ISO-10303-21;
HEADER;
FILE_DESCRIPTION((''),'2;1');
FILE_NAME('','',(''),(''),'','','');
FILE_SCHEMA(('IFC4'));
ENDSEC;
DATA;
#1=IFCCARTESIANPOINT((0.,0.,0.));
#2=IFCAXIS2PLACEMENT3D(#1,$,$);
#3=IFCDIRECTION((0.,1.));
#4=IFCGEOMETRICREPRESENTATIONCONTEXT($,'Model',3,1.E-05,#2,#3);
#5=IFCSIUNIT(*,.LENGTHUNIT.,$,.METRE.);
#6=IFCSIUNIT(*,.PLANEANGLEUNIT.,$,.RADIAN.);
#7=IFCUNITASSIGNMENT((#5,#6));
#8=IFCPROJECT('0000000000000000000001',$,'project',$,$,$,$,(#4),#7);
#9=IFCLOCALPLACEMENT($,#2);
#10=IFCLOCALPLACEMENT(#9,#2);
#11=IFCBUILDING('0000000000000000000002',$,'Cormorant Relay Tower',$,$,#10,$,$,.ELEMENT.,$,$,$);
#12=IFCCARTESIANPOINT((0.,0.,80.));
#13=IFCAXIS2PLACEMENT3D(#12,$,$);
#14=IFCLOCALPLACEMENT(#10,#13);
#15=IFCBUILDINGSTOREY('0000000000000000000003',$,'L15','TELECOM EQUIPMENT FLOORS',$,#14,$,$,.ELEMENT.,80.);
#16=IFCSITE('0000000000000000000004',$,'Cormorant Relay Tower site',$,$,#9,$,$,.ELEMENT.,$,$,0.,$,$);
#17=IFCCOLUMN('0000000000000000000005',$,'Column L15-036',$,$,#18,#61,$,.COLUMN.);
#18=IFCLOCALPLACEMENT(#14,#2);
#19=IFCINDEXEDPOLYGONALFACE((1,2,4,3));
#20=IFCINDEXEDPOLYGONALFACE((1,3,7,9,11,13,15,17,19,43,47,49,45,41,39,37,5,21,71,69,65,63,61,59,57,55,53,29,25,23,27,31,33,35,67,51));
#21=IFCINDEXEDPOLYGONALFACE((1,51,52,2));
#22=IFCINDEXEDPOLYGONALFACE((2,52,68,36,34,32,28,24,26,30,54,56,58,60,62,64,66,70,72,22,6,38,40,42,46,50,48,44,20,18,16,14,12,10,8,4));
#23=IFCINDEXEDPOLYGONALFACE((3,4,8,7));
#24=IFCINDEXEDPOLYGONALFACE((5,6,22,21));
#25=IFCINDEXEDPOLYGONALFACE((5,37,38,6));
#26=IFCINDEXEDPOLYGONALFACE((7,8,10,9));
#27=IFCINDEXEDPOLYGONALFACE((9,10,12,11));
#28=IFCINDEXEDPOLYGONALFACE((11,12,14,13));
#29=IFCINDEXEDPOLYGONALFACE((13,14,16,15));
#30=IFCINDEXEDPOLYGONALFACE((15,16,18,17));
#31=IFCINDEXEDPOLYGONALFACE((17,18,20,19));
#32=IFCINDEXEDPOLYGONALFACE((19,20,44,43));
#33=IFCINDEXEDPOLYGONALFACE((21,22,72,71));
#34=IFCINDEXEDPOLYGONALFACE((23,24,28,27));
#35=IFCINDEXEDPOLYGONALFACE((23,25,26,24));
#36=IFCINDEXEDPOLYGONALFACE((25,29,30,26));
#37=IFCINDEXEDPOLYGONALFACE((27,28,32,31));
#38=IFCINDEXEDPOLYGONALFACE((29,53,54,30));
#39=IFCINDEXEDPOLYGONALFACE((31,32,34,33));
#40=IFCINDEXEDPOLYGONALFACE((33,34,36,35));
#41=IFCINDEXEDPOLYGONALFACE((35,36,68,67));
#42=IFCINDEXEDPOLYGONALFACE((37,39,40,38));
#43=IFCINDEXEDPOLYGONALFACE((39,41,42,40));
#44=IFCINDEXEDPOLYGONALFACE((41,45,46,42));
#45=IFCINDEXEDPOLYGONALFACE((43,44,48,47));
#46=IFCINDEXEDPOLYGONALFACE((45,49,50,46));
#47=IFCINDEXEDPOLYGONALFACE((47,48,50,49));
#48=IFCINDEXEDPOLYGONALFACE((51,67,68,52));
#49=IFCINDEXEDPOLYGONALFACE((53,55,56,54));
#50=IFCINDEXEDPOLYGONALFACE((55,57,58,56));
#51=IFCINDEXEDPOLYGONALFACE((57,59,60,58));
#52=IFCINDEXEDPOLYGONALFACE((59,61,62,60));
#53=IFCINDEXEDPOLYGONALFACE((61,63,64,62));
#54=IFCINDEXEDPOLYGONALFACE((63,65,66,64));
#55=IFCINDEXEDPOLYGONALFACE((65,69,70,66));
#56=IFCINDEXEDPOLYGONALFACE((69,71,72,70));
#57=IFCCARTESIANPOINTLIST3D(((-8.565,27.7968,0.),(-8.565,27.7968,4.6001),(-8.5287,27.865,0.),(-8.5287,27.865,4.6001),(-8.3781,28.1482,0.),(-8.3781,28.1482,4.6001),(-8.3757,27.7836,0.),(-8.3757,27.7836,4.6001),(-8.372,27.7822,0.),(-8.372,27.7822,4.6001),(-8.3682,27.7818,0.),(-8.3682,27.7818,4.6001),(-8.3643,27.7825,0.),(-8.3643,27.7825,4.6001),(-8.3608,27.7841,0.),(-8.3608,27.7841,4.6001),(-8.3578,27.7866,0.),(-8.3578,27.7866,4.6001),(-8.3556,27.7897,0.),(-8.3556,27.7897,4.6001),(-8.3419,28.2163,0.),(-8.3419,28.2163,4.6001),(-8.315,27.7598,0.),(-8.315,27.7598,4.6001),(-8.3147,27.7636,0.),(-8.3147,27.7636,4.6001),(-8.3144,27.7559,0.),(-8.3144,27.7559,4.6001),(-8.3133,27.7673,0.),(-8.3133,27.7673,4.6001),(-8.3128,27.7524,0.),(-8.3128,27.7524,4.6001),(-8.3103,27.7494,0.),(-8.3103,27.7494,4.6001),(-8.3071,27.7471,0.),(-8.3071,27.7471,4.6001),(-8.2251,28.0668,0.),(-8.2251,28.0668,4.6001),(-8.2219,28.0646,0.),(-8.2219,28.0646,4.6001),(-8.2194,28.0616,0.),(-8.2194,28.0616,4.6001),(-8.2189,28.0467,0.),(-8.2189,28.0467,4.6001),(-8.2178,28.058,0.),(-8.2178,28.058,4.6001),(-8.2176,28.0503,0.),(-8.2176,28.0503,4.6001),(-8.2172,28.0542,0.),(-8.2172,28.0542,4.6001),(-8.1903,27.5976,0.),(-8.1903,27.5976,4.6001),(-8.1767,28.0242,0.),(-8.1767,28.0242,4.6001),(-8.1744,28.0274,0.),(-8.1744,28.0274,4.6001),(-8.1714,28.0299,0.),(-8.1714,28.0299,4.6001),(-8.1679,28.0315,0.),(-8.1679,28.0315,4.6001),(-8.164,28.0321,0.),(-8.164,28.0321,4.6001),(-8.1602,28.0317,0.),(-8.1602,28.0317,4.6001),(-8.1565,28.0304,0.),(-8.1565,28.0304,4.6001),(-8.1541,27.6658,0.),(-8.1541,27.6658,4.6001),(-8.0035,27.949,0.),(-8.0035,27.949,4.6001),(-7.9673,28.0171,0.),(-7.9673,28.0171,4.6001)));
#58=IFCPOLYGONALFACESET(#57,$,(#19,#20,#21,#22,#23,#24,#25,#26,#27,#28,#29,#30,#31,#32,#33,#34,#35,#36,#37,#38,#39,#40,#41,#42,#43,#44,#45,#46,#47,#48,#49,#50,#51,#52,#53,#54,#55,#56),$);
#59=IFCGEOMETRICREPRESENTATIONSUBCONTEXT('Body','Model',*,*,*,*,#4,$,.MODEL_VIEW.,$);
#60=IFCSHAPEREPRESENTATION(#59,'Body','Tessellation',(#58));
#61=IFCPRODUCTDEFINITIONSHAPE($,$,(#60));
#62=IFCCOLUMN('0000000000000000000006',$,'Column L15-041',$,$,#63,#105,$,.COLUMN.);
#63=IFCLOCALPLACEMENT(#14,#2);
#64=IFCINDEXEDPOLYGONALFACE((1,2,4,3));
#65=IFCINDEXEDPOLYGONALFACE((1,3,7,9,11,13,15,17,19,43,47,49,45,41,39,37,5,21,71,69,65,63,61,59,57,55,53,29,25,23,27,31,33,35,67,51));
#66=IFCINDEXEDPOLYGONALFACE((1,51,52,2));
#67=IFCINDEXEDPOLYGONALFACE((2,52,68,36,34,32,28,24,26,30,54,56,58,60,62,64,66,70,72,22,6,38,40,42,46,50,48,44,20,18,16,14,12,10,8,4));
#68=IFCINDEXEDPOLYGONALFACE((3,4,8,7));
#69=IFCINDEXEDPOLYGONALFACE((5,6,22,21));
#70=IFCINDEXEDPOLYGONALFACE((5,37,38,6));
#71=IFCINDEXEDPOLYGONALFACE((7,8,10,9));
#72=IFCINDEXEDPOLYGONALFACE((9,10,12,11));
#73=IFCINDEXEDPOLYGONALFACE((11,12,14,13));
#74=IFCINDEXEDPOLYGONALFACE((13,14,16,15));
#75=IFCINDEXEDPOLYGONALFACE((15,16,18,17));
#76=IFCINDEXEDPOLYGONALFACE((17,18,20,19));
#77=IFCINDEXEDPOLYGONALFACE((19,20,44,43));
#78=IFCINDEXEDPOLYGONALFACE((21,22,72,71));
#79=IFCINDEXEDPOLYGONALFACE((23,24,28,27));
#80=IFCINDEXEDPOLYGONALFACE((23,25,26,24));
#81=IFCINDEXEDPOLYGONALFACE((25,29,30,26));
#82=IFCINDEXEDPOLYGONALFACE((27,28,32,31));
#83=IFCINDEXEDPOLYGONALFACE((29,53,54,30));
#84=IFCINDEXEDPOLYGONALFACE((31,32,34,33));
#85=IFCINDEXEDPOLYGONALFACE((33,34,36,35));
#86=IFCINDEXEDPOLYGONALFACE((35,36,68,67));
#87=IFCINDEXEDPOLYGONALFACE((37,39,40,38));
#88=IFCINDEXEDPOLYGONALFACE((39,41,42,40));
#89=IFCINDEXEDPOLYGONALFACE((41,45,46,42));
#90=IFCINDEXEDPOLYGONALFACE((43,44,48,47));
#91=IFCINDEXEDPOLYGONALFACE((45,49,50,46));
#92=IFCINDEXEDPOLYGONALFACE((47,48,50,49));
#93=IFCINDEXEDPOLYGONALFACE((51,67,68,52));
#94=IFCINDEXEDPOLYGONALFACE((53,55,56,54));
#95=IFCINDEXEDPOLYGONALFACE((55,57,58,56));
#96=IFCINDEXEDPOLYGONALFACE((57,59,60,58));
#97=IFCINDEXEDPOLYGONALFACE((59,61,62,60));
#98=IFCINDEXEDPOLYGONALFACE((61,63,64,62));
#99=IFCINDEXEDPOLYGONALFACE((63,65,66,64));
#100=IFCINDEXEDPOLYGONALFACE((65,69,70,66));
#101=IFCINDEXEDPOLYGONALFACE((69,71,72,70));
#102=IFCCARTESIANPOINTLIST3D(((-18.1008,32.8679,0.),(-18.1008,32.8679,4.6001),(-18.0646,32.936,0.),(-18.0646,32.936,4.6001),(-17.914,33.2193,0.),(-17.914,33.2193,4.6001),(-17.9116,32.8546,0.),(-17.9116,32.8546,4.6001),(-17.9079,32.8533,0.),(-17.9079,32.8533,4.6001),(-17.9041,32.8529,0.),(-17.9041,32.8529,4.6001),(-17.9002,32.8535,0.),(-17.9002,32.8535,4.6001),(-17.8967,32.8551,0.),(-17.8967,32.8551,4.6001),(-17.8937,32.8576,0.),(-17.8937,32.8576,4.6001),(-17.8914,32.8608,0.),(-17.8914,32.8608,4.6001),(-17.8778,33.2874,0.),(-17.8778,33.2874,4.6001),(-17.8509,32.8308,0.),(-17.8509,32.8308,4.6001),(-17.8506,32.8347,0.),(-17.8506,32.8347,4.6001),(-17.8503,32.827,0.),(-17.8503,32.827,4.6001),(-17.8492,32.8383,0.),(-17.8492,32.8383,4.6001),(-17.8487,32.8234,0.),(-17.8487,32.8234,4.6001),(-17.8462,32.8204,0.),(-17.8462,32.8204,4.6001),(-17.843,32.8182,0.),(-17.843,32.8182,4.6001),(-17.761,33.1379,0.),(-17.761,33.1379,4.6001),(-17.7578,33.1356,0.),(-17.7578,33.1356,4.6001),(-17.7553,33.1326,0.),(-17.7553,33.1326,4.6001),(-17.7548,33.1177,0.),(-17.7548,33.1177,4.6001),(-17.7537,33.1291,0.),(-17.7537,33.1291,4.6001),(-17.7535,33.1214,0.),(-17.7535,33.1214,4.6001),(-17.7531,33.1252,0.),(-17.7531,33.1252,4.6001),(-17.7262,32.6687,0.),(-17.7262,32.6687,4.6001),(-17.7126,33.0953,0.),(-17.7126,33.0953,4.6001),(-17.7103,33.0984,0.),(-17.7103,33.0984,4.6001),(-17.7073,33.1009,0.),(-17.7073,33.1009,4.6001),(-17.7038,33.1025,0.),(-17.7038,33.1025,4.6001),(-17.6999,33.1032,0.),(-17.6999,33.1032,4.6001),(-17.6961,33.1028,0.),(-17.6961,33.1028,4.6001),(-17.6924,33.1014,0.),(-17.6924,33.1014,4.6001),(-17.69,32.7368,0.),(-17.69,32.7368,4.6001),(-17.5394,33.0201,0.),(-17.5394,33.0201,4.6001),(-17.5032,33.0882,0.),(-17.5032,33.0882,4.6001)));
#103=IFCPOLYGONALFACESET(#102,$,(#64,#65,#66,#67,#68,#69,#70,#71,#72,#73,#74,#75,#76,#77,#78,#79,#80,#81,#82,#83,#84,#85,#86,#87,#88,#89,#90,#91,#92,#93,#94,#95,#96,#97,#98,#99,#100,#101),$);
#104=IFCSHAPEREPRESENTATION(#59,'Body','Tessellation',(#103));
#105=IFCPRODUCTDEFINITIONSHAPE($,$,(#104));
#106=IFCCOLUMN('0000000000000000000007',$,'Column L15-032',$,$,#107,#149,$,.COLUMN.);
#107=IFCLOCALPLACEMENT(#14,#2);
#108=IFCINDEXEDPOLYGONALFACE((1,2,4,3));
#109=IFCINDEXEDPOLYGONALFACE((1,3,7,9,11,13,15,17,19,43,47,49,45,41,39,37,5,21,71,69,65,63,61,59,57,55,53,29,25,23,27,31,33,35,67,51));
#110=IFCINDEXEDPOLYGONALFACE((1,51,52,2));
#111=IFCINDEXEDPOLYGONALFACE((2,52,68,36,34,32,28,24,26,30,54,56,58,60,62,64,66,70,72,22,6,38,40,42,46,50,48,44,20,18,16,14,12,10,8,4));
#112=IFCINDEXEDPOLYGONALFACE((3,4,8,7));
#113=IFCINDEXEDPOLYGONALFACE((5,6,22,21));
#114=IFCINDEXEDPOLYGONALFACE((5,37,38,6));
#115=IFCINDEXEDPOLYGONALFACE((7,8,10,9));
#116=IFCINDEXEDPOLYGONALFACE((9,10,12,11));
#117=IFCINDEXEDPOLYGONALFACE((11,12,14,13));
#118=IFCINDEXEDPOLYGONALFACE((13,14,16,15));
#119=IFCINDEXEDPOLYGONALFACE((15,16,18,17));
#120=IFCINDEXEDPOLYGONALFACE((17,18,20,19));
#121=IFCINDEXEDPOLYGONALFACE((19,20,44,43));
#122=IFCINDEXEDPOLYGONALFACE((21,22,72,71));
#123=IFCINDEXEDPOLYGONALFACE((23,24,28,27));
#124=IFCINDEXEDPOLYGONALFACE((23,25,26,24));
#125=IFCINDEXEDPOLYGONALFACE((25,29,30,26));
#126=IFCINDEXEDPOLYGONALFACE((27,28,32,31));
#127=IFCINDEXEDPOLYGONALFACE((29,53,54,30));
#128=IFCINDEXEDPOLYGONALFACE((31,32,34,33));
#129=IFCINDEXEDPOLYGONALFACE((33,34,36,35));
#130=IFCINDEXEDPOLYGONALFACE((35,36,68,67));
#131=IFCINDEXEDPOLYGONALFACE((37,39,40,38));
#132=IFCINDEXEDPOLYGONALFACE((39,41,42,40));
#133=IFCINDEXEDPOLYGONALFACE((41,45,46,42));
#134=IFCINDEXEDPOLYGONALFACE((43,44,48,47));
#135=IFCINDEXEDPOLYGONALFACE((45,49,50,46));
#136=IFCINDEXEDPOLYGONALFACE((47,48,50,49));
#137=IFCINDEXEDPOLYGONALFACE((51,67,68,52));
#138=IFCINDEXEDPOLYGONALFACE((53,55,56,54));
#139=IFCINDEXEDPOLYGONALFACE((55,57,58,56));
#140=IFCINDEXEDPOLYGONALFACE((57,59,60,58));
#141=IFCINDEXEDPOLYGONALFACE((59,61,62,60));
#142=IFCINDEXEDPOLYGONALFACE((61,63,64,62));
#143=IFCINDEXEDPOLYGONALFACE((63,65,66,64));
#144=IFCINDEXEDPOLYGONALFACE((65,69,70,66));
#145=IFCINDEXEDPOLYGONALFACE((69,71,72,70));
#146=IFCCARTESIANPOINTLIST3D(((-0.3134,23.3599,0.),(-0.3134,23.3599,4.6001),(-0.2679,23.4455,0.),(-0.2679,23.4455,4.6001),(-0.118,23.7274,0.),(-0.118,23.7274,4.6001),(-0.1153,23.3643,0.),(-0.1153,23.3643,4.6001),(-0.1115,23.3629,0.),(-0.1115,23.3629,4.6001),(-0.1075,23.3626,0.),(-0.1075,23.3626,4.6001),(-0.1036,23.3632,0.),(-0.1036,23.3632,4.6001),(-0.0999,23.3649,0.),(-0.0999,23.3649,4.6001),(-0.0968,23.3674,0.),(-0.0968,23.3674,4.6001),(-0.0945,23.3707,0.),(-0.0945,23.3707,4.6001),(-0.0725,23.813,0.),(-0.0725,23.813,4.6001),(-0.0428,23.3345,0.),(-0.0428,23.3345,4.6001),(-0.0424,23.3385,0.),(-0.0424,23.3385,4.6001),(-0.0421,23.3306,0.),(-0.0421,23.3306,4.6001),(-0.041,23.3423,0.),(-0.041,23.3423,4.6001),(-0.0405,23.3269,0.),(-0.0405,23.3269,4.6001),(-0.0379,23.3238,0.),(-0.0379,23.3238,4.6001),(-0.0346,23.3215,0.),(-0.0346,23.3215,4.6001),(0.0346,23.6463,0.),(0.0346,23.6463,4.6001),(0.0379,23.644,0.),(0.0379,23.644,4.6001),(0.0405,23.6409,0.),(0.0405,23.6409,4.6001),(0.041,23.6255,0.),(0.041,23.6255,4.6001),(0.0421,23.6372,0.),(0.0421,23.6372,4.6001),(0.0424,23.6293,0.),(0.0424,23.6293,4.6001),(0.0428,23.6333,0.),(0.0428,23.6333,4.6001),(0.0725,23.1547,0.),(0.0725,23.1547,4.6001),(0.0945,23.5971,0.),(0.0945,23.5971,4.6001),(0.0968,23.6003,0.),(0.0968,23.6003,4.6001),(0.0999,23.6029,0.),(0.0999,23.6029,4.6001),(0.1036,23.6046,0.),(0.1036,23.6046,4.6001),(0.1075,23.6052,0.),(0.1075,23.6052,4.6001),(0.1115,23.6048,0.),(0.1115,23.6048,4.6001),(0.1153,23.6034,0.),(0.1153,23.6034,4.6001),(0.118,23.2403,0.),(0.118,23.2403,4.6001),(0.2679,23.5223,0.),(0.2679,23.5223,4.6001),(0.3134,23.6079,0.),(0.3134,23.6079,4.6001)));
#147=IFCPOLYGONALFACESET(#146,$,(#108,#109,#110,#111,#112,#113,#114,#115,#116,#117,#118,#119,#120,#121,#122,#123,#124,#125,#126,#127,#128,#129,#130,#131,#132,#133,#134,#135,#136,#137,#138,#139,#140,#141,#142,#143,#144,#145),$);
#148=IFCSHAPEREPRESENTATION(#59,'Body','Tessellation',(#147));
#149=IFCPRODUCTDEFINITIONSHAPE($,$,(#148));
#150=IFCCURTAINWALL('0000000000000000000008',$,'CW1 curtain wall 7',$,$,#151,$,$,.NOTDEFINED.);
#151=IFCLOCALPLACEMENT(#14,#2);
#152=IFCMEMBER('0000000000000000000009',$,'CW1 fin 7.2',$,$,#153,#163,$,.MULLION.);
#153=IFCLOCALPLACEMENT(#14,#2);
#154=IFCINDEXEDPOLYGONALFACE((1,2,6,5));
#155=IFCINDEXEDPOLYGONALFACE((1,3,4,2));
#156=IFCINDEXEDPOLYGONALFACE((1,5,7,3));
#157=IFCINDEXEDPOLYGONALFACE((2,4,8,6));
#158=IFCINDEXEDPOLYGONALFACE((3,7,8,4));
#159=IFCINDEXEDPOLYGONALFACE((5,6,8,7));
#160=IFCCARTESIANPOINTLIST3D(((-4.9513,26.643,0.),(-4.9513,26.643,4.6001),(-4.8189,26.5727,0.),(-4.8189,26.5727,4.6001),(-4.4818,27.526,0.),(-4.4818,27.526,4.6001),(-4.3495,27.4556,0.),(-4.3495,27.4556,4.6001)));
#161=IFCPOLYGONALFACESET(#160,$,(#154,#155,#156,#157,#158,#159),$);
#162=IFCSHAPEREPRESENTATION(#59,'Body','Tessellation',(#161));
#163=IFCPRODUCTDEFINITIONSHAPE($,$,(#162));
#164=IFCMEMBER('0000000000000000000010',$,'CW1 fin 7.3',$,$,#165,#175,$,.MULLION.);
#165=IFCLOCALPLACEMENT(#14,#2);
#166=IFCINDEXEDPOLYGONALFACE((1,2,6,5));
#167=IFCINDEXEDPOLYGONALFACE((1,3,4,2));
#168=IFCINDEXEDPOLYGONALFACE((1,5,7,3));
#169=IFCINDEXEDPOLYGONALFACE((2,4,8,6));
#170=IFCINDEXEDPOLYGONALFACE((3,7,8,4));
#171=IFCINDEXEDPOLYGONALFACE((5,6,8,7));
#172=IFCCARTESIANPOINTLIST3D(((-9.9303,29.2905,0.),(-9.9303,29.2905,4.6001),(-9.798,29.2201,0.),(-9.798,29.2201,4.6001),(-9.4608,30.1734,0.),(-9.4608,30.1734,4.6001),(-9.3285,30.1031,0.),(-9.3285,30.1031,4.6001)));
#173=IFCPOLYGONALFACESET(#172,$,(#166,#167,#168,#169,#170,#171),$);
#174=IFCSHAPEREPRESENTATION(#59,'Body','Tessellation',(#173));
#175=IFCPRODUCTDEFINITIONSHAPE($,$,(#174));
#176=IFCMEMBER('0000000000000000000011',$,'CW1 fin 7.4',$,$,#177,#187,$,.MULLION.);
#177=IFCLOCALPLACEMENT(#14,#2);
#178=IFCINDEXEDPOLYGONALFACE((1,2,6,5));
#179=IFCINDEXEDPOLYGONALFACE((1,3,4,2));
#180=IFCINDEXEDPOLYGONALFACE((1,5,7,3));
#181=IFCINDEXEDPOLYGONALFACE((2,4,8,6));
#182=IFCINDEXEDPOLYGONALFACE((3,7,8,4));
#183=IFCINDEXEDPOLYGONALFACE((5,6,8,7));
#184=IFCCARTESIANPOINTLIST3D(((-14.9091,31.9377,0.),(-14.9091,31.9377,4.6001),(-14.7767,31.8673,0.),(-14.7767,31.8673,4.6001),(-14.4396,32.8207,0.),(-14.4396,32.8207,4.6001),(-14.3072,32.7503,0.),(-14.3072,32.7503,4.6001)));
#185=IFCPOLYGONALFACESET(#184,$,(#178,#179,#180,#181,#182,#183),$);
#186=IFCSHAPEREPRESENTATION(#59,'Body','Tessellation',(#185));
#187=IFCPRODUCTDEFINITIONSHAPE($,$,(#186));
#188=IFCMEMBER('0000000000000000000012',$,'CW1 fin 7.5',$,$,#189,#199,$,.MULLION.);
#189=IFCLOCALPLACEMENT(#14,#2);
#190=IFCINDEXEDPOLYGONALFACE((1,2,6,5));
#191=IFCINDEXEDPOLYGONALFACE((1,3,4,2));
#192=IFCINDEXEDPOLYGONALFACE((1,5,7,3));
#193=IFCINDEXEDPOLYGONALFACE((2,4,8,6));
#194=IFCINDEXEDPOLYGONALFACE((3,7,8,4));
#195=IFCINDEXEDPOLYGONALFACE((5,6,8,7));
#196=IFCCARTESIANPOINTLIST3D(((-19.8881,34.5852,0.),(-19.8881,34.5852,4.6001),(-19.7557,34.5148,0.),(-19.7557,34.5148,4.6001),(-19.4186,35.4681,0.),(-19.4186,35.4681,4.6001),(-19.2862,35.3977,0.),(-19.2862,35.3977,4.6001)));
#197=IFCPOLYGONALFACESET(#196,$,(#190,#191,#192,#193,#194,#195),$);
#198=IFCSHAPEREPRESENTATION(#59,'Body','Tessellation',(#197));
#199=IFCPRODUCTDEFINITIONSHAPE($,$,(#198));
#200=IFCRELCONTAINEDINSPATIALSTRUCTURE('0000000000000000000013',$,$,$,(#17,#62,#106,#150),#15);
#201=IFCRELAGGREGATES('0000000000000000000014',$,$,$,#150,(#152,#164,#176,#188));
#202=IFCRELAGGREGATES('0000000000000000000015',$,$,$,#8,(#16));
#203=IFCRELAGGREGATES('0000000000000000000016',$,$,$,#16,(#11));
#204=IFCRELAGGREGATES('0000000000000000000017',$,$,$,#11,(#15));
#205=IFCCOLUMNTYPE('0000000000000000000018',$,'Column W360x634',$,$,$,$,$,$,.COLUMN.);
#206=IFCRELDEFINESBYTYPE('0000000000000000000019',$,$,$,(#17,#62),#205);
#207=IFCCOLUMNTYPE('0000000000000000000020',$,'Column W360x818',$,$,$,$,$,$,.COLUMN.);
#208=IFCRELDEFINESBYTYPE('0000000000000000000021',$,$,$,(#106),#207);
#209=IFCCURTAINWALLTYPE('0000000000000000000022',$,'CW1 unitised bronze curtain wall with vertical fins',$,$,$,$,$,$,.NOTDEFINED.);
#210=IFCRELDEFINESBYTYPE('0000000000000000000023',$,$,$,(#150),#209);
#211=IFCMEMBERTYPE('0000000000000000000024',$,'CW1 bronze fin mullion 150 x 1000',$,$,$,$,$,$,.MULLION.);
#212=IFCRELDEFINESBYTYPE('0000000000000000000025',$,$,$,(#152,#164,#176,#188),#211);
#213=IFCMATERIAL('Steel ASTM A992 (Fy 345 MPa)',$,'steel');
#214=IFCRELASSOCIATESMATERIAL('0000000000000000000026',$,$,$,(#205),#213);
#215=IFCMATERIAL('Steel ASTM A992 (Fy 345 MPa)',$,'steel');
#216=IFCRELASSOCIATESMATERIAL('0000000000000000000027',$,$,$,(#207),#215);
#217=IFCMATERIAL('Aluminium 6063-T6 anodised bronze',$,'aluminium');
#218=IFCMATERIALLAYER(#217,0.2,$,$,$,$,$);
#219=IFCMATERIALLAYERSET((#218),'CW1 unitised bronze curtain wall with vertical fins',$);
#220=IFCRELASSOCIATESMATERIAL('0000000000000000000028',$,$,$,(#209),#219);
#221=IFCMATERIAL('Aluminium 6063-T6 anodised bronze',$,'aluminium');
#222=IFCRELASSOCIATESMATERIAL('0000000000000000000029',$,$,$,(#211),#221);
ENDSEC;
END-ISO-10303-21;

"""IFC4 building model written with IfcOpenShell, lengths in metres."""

from ifc_helpers import new_model, si_unit, direction, frame, origin, origin_2d, place, context, subcontext, project, spatial, rectangle, i_section, extrude, material, layer, layer_set, material_profile, profile_set, type_object, element, aggregate, save


model = new_model("IFC4")

# Units and contexts
model_context = context("Model", 3, precision=1e-05, world=origin(), true_north=direction((0.0, 1.0)))
body_context = subcontext(model_context, "Body", "Model", "MODEL_VIEW")
ifc_project = project(units=[si_unit("LENGTHUNIT", "METRE"), si_unit("PLANEANGLEUNIT", "RADIAN")], contexts=[model_context])

# Site, building, storey
site_placement = place(None, origin())
site = spatial("IfcSite", under=ifc_project, at=site_placement, Name="Cormorant Relay Tower site", CompositionType="ELEMENT", RefElevation=0.0)
building_placement = place(site_placement, origin())
building = spatial("IfcBuilding", under=site, at=building_placement, Name="Cormorant Relay Tower", CompositionType="ELEMENT")
storey_placement = place(building_placement, frame((0.0, 0.0, 80.0)))
storey = spatial("IfcBuildingStorey", under=building, at=storey_placement, Name="L15", Description="TELECOM EQUIPMENT FLOORS", CompositionType="ELEMENT", Elevation=80.0)

# Columns
ifc_material_1 = material(Name="Steel ASTM A992 (Fy 345 MPa)", Category="steel")
ifc_material_profile_1 = material_profile(ifc_material_1, i_section(OverallWidth=0.4243, OverallDepth=0.4751, WebThickness=0.0479, FlangeThickness=0.0771, FilletRadius=0.0149, at=origin_2d()), Name="W360x634")
ifc_profile_set_1 = profile_set([ifc_material_profile_1], Name="Steel ASTM A992 (Fy 345 MPa)")
column_type_1 = type_object("IfcColumnType", Name="Column W360x634", PredefinedType="COLUMN", material=ifc_profile_set_1)
for number, where, z_axis, x_axis, name in (
    (1, (-8.2661, 27.907, 0.0), (0.0, 0.0, 1.0), (-0.882948, 0.469472, 0.0), "Column L15-036"),
    (2, (-17.802, 32.978, 0.0), (0.0, 0.0, 1.0), (-0.882948, 0.469472, 0.0), "Column L15-041"),
):
    element("IfcColumn", number, at=place(storey_placement, frame(where, z_axis=z_axis, x_axis=x_axis)), inside=storey, type_object=column_type_1, Name=name, PredefinedType="COLUMN", context=body_context, shape_type="SweptSolid", body=[
        extrude(i_section(OverallWidth=0.4243, OverallDepth=0.4751, WebThickness=0.0479, FlangeThickness=0.0771, FilletRadius=0.0149, at=origin_2d()), origin(), (0.0, 0.0, 1.0), 4.6001),
    ])
ifc_material_2 = material(Name="Steel ASTM A992 (Fy 345 MPa)", Category="steel")
ifc_material_profile_2 = material_profile(ifc_material_2, i_section(OverallWidth=0.437, OverallDepth=0.5132, WebThickness=0.0605, FlangeThickness=0.0969, FilletRadius=0.0154, at=origin_2d()), Name="W360x818")
ifc_profile_set_2 = profile_set([ifc_material_profile_2], Name="Steel ASTM A992 (Fy 345 MPa)")
column_type_2 = type_object("IfcColumnType", Name="Column W360x818", PredefinedType="COLUMN", material=ifc_profile_set_2)
column_placement = place(storey_placement, frame((0.0, 23.4839, 0.0), z_axis=(0.0, 0.0, 1.0), x_axis=(-0.882948, 0.469472, 0.0)))
element("IfcColumn", 3, at=column_placement, inside=storey, type_object=column_type_2, Name="Column L15-032", PredefinedType="COLUMN", context=body_context, shape_type="SweptSolid", body=[
    extrude(i_section(OverallWidth=0.437, OverallDepth=0.5132, WebThickness=0.0605, FlangeThickness=0.0969, FilletRadius=0.0154, at=origin_2d()), origin(), (0.0, 0.0, 1.0), 4.6001),
])

# Curtain wall, members
ifc_material_3 = material(Name="Aluminium 6063-T6 anodised bronze", Category="aluminium")
ifc_layer_1 = layer(ifc_material_3, 0.2)
ifc_layer_set_1 = layer_set([ifc_layer_1], Name="CW1 unitised bronze curtain wall with vertical fins")
curtain_wall_type = type_object("IfcCurtainWallType", Name="CW1 unitised bronze curtain wall with vertical fins", PredefinedType="NOTDEFINED", material=ifc_layer_set_1)
curtain_wall_placement = place(storey_placement, origin())
curtain_wall = element("IfcCurtainWall", 4, at=curtain_wall_placement, inside=storey, type_object=curtain_wall_type, Name="CW1 curtain wall 7", PredefinedType="NOTDEFINED")
ifc_material_4 = material(Name="Aluminium 6063-T6 anodised bronze", Category="aluminium")
ifc_material_profile_3 = material_profile(ifc_material_4, rectangle(XDim=0.1499, YDim=1.0, at=origin_2d()), Name="AL 150x1000")
ifc_profile_set_3 = profile_set([ifc_material_profile_3], Name="Aluminium 6063-T6 anodised bronze")
member_type = type_object("IfcMemberType", Name="CW1 bronze fin mullion 150 x 1000", PredefinedType="MULLION", material=ifc_profile_set_3)
member_1_placement = place(storey_placement, frame((-4.6504, 27.0493, 0.0), z_axis=(0.0, 0.0, 1.0), x_axis=(-0.882948, 0.469472, 0.0)))
member_1 = element("IfcMember", 5, at=member_1_placement, type_object=member_type, Name="CW1 fin 7.2", PredefinedType="MULLION", context=body_context, shape_type="SweptSolid", body=[
    extrude(rectangle(XDim=0.1499, YDim=1.0, at=origin_2d()), origin(), (0.0, 0.0, 1.0), 4.6001),
])
member_2_placement = place(storey_placement, frame((-9.6294, 29.6968, 0.0), z_axis=(0.0, 0.0, 1.0), x_axis=(-0.882948, 0.469472, 0.0)))
member_2 = element("IfcMember", 6, at=member_2_placement, type_object=member_type, Name="CW1 fin 7.3", PredefinedType="MULLION", context=body_context, shape_type="SweptSolid", body=[
    extrude(rectangle(XDim=0.1499, YDim=1.0, at=origin_2d()), origin(), (0.0, 0.0, 1.0), 4.6001),
])
member_3_placement = place(storey_placement, frame((-14.6082, 32.344, 0.0), z_axis=(0.0, 0.0, 1.0), x_axis=(-0.882948, 0.469472, 0.0)))
member_3 = element("IfcMember", 7, at=member_3_placement, type_object=member_type, Name="CW1 fin 7.4", PredefinedType="MULLION", context=body_context, shape_type="SweptSolid", body=[
    extrude(rectangle(XDim=0.1499, YDim=1.0, at=origin_2d()), origin(), (0.0, 0.0, 1.0), 4.6001),
])
member_4_placement = place(storey_placement, frame((-19.5872, 34.9915, 0.0), z_axis=(0.0, 0.0, 1.0), x_axis=(-0.882948, 0.469472, 0.0)))
member_4 = element("IfcMember", 8, at=member_4_placement, type_object=member_type, Name="CW1 fin 7.5", PredefinedType="MULLION", context=body_context, shape_type="SweptSolid", body=[
    extrude(rectangle(XDim=0.1499, YDim=1.0, at=origin_2d()), origin(), (0.0, 0.0, 1.0), 4.6001),
])

aggregate(curtain_wall, [member_1, member_2, member_3, member_4])

save(model, "model.ifc")
